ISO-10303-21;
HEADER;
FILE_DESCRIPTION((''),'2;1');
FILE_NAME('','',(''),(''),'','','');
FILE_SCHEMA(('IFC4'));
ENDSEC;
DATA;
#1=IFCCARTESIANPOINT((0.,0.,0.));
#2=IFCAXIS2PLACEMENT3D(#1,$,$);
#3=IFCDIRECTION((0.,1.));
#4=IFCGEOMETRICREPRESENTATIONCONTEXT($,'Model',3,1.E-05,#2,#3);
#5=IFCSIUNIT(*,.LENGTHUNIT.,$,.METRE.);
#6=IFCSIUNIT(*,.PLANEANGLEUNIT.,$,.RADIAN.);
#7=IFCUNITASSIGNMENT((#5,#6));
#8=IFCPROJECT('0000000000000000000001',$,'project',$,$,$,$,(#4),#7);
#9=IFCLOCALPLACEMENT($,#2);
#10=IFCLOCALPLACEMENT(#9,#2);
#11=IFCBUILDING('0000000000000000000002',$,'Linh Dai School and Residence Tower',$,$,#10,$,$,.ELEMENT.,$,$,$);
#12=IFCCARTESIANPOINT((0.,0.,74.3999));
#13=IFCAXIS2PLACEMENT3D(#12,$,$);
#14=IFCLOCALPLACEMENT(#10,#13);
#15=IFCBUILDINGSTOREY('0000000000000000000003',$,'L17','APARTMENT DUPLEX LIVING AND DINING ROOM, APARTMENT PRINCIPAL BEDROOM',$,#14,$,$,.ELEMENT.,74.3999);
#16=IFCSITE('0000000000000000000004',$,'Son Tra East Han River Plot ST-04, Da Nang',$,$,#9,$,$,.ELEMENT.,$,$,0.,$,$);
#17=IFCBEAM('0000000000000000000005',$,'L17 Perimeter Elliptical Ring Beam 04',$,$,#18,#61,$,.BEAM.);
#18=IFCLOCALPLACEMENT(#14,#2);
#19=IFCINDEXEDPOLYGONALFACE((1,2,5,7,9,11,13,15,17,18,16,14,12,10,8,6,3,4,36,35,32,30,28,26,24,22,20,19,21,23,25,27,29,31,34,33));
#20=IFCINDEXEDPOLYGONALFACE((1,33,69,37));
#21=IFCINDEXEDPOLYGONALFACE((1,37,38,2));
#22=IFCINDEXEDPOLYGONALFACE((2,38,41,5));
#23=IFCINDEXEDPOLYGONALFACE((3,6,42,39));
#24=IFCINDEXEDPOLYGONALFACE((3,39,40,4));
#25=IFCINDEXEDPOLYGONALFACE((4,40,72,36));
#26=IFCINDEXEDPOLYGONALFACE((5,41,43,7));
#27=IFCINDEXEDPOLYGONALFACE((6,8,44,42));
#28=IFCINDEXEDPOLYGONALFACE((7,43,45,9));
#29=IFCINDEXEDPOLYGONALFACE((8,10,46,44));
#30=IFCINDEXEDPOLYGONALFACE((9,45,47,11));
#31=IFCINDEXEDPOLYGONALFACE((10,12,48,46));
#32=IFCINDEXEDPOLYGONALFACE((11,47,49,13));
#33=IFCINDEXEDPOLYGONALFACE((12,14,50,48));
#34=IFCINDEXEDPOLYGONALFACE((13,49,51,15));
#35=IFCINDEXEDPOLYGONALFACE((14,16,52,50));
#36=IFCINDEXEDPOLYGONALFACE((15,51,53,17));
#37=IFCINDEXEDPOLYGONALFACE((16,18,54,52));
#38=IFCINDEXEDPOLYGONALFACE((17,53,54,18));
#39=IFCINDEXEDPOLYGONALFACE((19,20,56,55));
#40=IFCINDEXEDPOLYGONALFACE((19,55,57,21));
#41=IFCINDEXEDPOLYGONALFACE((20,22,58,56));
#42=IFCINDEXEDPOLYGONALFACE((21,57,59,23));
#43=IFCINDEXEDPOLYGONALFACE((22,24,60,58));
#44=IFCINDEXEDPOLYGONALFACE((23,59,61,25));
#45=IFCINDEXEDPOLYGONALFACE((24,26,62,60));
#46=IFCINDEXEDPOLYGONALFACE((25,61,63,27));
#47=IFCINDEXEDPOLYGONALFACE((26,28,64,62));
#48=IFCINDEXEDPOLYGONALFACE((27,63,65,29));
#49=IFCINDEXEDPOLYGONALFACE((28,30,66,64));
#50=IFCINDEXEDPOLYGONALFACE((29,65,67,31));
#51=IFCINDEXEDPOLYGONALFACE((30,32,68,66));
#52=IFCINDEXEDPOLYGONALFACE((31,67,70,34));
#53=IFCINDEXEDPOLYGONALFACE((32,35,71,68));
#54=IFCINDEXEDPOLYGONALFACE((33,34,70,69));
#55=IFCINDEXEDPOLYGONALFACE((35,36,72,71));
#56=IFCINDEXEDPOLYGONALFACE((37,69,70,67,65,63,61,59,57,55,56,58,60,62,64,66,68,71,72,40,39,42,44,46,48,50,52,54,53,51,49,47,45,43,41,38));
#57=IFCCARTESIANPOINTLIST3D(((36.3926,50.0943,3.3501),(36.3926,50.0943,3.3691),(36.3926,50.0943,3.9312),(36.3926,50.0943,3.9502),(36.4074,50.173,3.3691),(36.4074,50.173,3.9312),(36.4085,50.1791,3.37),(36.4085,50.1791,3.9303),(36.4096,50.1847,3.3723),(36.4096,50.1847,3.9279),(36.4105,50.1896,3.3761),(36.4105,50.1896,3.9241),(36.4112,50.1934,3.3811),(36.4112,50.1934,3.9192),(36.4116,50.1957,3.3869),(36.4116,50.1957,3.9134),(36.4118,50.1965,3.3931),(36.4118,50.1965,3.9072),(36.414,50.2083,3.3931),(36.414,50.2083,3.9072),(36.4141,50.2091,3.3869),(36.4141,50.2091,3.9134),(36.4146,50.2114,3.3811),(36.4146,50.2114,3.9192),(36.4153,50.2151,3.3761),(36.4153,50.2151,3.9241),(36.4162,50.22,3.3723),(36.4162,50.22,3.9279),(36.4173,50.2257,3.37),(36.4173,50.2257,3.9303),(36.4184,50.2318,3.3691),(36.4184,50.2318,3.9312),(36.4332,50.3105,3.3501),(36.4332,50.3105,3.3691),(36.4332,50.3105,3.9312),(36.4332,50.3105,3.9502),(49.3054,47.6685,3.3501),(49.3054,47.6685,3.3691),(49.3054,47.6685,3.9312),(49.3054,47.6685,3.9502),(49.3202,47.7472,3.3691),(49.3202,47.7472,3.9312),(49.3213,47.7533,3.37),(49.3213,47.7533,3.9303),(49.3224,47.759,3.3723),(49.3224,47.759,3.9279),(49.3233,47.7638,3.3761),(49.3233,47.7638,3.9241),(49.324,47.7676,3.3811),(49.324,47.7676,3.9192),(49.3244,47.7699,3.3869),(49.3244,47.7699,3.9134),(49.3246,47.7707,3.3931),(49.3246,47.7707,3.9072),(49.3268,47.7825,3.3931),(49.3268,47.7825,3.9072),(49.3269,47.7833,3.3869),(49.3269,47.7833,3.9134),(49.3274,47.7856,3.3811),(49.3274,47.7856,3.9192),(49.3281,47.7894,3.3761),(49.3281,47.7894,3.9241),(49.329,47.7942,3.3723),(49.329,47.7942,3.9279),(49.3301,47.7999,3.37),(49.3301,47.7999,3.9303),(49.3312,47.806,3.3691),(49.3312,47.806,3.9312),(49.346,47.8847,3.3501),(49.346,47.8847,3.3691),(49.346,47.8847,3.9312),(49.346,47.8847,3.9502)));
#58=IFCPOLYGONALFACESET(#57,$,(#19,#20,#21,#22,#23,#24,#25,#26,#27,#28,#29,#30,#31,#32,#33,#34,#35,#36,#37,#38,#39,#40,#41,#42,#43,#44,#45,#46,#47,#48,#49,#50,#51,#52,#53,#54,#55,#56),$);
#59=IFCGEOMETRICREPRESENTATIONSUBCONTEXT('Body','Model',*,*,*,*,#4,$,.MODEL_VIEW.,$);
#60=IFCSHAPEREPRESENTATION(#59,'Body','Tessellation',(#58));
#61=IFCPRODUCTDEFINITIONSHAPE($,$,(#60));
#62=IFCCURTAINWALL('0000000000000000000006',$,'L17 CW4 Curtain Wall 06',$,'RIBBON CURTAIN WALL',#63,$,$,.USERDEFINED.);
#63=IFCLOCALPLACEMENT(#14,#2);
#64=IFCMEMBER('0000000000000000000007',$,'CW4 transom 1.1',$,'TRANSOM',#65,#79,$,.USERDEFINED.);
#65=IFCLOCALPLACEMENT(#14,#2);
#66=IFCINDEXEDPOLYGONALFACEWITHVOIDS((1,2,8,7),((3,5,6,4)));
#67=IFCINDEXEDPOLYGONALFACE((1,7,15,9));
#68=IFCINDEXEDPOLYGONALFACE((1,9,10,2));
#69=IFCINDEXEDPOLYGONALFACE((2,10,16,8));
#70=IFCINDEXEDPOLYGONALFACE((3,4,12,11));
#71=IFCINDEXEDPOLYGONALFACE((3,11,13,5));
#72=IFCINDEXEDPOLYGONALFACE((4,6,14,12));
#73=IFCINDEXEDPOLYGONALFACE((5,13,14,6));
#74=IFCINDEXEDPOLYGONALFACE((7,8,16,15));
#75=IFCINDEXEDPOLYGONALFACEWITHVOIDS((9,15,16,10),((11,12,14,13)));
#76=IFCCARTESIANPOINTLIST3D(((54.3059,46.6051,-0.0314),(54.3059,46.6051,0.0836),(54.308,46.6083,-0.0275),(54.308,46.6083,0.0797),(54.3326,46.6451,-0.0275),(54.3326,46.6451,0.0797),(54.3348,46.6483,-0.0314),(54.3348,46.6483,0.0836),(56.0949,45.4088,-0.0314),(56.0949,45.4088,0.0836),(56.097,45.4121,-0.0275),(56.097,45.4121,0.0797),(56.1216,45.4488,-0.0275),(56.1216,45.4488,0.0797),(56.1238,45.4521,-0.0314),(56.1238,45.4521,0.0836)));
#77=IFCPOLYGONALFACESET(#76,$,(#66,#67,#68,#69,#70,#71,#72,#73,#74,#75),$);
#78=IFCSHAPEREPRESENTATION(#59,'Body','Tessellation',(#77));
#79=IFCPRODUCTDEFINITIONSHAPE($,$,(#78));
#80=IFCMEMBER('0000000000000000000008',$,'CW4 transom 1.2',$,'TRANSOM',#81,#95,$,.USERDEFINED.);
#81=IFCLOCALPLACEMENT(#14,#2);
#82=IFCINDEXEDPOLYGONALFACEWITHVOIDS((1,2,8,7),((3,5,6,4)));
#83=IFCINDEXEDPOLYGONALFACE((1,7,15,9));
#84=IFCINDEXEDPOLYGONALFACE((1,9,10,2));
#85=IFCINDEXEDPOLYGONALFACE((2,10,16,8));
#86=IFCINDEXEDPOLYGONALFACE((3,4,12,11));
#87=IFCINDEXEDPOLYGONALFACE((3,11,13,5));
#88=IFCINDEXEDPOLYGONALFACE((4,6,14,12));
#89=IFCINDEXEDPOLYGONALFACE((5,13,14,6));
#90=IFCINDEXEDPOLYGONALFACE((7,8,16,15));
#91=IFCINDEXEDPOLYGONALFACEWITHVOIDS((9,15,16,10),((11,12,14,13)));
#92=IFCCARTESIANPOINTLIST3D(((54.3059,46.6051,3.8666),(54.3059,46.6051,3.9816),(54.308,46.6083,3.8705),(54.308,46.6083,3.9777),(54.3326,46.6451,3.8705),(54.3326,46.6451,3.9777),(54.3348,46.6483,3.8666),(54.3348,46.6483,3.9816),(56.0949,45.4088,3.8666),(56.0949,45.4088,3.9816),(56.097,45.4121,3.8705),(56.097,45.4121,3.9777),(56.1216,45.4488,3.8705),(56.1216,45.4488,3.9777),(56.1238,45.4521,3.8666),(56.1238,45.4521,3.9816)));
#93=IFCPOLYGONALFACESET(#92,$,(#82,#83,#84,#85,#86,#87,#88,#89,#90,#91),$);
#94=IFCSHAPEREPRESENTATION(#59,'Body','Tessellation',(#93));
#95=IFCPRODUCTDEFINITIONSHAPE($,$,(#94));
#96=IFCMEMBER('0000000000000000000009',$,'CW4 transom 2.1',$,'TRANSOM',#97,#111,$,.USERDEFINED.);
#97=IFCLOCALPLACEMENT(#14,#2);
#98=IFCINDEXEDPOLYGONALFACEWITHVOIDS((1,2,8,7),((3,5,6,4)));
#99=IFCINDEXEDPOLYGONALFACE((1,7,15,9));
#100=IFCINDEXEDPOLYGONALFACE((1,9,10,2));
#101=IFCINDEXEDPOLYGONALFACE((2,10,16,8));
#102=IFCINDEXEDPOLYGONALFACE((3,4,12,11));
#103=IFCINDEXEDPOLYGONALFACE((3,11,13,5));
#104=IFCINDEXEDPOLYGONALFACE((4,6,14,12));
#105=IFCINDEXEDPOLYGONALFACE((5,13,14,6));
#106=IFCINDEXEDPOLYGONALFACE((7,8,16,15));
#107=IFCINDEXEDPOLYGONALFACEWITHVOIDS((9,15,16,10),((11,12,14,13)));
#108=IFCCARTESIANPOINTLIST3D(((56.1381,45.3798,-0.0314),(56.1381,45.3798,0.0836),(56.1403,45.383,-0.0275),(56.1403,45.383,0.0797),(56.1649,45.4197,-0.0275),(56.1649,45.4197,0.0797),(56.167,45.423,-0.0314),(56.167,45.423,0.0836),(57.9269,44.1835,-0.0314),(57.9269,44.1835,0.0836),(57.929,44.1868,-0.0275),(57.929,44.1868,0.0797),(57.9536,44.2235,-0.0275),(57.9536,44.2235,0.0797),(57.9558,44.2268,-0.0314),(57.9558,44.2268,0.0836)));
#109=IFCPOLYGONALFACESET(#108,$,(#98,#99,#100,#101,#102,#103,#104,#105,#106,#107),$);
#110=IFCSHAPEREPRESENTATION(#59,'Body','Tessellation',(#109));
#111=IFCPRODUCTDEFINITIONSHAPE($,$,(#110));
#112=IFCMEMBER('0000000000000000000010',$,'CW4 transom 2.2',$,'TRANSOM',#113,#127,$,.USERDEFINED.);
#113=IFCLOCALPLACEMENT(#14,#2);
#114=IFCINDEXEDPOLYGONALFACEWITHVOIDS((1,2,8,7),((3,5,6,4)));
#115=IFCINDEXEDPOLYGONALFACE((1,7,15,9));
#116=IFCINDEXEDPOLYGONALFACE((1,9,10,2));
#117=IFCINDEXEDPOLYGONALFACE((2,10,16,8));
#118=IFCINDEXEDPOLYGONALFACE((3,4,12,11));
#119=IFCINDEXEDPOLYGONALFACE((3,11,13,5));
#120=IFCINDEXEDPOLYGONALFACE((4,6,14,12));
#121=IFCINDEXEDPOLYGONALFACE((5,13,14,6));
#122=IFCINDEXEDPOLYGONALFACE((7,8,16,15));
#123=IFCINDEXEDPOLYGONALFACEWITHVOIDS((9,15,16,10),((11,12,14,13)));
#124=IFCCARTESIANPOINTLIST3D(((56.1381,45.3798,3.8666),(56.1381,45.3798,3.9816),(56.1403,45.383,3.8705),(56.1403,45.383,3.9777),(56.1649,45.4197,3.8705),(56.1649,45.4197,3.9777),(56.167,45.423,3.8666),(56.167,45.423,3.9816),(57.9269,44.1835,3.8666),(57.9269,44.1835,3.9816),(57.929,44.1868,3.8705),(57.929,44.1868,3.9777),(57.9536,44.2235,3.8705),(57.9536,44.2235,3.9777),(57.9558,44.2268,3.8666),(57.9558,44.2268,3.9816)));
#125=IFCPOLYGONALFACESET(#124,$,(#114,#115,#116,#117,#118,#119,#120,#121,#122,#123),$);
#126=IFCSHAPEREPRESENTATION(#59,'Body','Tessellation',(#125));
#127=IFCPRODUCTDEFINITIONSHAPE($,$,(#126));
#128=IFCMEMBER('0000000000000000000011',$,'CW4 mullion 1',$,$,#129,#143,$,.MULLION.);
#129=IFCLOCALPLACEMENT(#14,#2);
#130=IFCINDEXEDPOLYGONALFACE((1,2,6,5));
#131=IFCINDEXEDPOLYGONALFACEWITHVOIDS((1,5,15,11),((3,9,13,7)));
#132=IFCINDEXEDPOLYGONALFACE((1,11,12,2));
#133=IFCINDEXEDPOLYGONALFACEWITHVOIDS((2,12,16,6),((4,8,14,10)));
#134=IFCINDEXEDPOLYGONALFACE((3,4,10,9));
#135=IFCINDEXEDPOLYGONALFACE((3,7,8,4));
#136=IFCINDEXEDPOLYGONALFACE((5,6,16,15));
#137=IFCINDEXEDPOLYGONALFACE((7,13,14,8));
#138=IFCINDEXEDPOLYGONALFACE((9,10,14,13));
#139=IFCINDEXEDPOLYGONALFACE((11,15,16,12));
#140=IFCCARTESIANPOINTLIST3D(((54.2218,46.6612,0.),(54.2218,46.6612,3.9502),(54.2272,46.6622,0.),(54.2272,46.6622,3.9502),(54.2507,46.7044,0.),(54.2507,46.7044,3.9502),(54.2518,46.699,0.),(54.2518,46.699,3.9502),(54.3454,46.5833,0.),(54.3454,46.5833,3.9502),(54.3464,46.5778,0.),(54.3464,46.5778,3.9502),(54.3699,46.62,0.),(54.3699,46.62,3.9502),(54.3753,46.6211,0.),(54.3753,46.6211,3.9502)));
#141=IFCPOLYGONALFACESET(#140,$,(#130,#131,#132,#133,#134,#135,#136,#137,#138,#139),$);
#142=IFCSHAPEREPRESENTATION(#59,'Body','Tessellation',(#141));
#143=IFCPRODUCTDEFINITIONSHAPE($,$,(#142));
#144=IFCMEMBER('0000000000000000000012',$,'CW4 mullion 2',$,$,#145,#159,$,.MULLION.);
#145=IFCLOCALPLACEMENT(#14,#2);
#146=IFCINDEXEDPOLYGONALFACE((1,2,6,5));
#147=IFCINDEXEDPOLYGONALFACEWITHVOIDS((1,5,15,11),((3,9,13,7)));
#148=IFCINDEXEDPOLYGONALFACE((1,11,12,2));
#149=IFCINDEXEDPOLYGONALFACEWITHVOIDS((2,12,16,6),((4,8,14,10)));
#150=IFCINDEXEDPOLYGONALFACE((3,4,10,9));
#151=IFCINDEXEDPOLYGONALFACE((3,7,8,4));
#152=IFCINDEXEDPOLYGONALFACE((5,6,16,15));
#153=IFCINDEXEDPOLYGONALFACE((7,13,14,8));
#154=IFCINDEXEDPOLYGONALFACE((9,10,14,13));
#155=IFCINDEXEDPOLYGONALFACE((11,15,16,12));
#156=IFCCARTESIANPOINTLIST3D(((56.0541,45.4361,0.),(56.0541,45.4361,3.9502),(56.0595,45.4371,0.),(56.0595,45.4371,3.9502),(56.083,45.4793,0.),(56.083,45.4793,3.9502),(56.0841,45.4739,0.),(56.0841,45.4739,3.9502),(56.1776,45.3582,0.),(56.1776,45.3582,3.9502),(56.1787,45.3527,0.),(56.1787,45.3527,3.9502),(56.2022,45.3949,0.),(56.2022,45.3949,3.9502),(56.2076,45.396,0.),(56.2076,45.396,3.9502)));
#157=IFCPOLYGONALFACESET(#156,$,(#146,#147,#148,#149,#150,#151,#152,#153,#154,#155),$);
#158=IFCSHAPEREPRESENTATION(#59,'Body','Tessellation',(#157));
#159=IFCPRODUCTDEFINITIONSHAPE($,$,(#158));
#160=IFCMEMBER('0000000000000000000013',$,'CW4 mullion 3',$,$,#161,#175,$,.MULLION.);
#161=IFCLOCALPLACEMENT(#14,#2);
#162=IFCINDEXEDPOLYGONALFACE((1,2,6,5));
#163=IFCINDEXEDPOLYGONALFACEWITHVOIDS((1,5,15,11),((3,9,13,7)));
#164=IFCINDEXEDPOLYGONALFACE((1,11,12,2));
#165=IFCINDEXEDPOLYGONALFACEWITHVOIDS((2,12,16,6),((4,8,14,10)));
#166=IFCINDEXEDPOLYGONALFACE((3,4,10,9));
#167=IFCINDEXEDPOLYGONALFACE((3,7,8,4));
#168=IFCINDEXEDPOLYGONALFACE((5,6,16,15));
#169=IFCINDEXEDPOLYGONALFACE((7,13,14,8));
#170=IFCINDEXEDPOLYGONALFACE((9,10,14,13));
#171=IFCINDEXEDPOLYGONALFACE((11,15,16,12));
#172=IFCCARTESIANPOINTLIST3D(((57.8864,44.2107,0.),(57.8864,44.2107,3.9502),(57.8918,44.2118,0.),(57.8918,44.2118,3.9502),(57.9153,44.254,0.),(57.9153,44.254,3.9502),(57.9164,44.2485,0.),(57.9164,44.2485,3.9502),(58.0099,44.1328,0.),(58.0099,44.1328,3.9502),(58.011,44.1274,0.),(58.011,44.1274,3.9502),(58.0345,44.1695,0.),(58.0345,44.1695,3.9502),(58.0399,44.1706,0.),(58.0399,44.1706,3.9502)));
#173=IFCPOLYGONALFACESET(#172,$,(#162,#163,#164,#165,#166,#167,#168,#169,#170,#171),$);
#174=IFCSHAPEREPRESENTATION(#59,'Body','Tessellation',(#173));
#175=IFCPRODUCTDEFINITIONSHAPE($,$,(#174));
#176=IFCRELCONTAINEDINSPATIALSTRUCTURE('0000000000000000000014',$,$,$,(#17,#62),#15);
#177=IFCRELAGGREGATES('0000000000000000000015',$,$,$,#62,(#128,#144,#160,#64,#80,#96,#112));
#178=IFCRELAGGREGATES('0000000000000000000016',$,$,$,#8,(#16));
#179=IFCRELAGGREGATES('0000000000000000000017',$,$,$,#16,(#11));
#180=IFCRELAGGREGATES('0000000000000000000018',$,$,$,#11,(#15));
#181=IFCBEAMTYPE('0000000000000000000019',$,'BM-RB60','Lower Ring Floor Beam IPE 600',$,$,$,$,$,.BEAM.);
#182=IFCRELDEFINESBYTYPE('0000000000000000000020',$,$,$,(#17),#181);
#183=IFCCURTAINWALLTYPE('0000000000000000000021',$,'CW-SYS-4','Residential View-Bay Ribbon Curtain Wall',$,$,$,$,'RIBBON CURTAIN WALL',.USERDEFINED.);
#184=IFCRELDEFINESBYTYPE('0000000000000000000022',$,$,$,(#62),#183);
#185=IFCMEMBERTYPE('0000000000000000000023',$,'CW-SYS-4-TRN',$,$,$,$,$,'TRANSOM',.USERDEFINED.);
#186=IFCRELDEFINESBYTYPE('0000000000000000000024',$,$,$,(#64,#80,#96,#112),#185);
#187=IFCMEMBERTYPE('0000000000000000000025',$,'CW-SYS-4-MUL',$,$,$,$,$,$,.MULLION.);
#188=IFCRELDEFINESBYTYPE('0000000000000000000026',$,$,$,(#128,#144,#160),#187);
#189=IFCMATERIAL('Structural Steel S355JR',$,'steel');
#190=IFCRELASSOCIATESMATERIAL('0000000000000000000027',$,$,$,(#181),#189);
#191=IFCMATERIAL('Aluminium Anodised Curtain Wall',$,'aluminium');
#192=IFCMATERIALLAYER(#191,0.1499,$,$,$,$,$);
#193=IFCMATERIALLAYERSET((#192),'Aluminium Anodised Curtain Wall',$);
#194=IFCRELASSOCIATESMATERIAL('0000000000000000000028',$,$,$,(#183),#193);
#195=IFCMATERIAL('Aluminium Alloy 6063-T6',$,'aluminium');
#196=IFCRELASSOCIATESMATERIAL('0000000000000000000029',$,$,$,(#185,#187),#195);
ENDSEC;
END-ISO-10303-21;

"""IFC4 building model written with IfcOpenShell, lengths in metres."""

from ifc_helpers import new_model, si_unit, direction, frame, origin, origin_2d, place, context, subcontext, project, spatial, hollow_rectangle, i_section, extrude, source, transform, mapped, material, layer, layer_set, material_profile, profile_set, type_object, element, aggregate, save


model = new_model("IFC4")

# Units and contexts
model_context = context("Model", 3, precision=1e-05, world=origin(), true_north=direction((0.0, 1.0)))
body_context = subcontext(model_context, "Body", "Model", "MODEL_VIEW")
ifc_project = project(units=[si_unit("LENGTHUNIT", "METRE"), si_unit("PLANEANGLEUNIT", "RADIAN")], contexts=[model_context])

# Site, building, storey
site_placement = place(None, origin())
site = spatial("IfcSite", under=ifc_project, at=site_placement, Name="Son Tra East Han River Plot ST-04, Da Nang", CompositionType="ELEMENT", RefElevation=0.0)
building_placement = place(site_placement, origin())
building = spatial("IfcBuilding", under=site, at=building_placement, Name="Linh Dai School and Residence Tower", CompositionType="ELEMENT")
storey_placement = place(building_placement, frame((0.0, 0.0, 74.3999)))
storey = spatial("IfcBuildingStorey", under=building, at=storey_placement, Name="L17", Description="APARTMENT DUPLEX LIVING AND DINING ROOM, APARTMENT PRINCIPAL BEDROOM", CompositionType="ELEMENT", Elevation=74.3999)

# Shared definitions
ifc_material_1 = material(Name="Structural Steel S355JR", Category="steel")

# Beam
ifc_material_profile_1 = material_profile(ifc_material_1, i_section(OverallWidth=0.22, OverallDepth=0.6001, WebThickness=0.012, FlangeThickness=0.019, FilletRadius=0.0239, at=origin_2d()), Name="IPE 600")
ifc_profile_set_1 = profile_set([ifc_material_profile_1], Name="Structural Steel S355JR")
beam_type_1 = type_object("IfcBeamType", Name="BM-RB60", Description="Lower Ring Floor Beam IPE 600", PredefinedType="BEAM", material=ifc_profile_set_1)
beam_1_placement = place(storey_placement, frame((49.3257, 47.7766, 3.6501), z_axis=(-0.982808, 0.184628, 0.0), x_axis=(-0.184628, -0.982808, 0.0)))
element("IfcBeam", 1, at=beam_1_placement, inside=storey, type_object=beam_type_1, Name="L17 Perimeter Elliptical Ring Beam 04", PredefinedType="BEAM", context=body_context, shape_type="SweptSolid", body=[
    extrude(i_section(OverallWidth=0.22, OverallDepth=0.6001, WebThickness=0.012, FlangeThickness=0.019, FilletRadius=0.0239, at=origin_2d()), origin(), (0.0, 0.0, 1.0), 13.1387),
])

# Curtain wall, members
ifc_material_2 = material(Name="Aluminium Anodised Curtain Wall", Category="aluminium")
ifc_layer_1 = layer(ifc_material_2, 0.1499)
ifc_layer_set_1 = layer_set([ifc_layer_1], Name="Aluminium Anodised Curtain Wall")
curtain_wall_type = type_object("IfcCurtainWallType", Name="CW-SYS-4", Description="Residential View-Bay Ribbon Curtain Wall", ElementType="RIBBON CURTAIN WALL", PredefinedType="USERDEFINED", material=ifc_layer_set_1)
curtain_wall_placement = place(storey_placement, origin())
curtain_wall = element("IfcCurtainWall", 2, at=curtain_wall_placement, inside=storey, type_object=curtain_wall_type, Name="L17 CW4 Curtain Wall 06", ObjectType="RIBBON CURTAIN WALL", PredefinedType="USERDEFINED")
ifc_material_3 = material(Name="Aluminium Alloy 6063-T6", Category="aluminium")
ifc_material_profile_2 = material_profile(ifc_material_3, hollow_rectangle(XDim=0.052, YDim=0.115, WallThickness=0.0039, at=origin_2d()), Name="RHS 115x52x4")
ifc_profile_set_2 = profile_set([ifc_material_profile_2], Name="Aluminium Alloy 6063-T6")
member_type_1 = type_object("IfcMemberType", Name="CW-SYS-4-TRN", ElementType="TRANSOM", PredefinedType="USERDEFINED", material=ifc_profile_set_2)
shared_shape_1 = source(origin(), body_context, "Body", "SweptSolid", [
    extrude(hollow_rectangle(XDim=0.052, YDim=0.115, WallThickness=0.0039, at=origin_2d()), origin(), (0.0, 0.0, 1.0), 2.1521),
])
member_1_placement = place(storey_placement, frame((54.3203, 46.6267, 0.0261), z_axis=(0.831282, -0.555852, 0.0), x_axis=(0.555852, 0.831282, 0.0)))
member_1 = element("IfcMember", 3, at=member_1_placement, type_object=member_type_1, Name="CW4 transom 1.1", ObjectType="TRANSOM", PredefinedType="USERDEFINED", context=body_context, shape_type="MappedRepresentation", body=[
    mapped(shared_shape_1, transform((0.0, 0.0, 0.0), x_axis=(1.0, 0.0, 0.0), y_axis=(0.0, 1.0, 0.0), z_axis=(0.0, 0.0, 1.0), scale=1.0)),
])
member_2_placement = place(storey_placement, frame((54.3203, 46.6267, 3.9241), z_axis=(0.831282, -0.555852, 0.0), x_axis=(0.555852, 0.831282, 0.0)))
member_2 = element("IfcMember", 4, at=member_2_placement, type_object=member_type_1, Name="CW4 transom 1.2", ObjectType="TRANSOM", PredefinedType="USERDEFINED", context=body_context, shape_type="MappedRepresentation", body=[
    mapped(shared_shape_1, transform((0.0, 0.0, 0.0), x_axis=(1.0, 0.0, 0.0), y_axis=(0.0, 1.0, 0.0), z_axis=(0.0, 0.0, 1.0), scale=1.0)),
])
shared_shape_2 = source(origin(), body_context, "Body", "SweptSolid", [
    extrude(hollow_rectangle(XDim=0.052, YDim=0.115, WallThickness=0.0039, at=origin_2d()), origin(), (0.0, 0.0, 1.0), 2.1519),
])
member_3_placement = place(storey_placement, frame((56.1526, 45.4014, 0.0261), z_axis=(0.831247, -0.555904, 0.0), x_axis=(0.555904, 0.831247, 0.0)))
member_3 = element("IfcMember", 5, at=member_3_placement, type_object=member_type_1, Name="CW4 transom 2.1", ObjectType="TRANSOM", PredefinedType="USERDEFINED", context=body_context, shape_type="MappedRepresentation", body=[
    mapped(shared_shape_2, transform((0.0, 0.0, 0.0), x_axis=(1.0, 0.0, 0.0), y_axis=(0.0, 1.0, 0.0), z_axis=(0.0, 0.0, 1.0), scale=1.0)),
])
member_4_placement = place(storey_placement, frame((56.1526, 45.4014, 3.9241), z_axis=(0.831247, -0.555904, 0.0), x_axis=(0.555904, 0.831247, 0.0)))
member_4 = element("IfcMember", 6, at=member_4_placement, type_object=member_type_1, Name="CW4 transom 2.2", ObjectType="TRANSOM", PredefinedType="USERDEFINED", context=body_context, shape_type="MappedRepresentation", body=[
    mapped(shared_shape_2, transform((0.0, 0.0, 0.0), x_axis=(1.0, 0.0, 0.0), y_axis=(0.0, 1.0, 0.0), z_axis=(0.0, 0.0, 1.0), scale=1.0)),
])
ifc_material_profile_3 = material_profile(ifc_material_3, hollow_rectangle(XDim=0.052, YDim=0.1499, WallThickness=0.0039, at=origin_2d()), Name="RHS 150x52x4")
ifc_profile_set_3 = profile_set([ifc_material_profile_3], Name="Aluminium Alloy 6063-T6")
member_type_2 = type_object("IfcMemberType", Name="CW-SYS-4-MUL", PredefinedType="MULLION", material=ifc_profile_set_3)
shared_shape_3 = source(origin(), body_context, "Body", "SweptSolid", [
    extrude(hollow_rectangle(XDim=0.052, YDim=0.1499, WallThickness=0.0039, at=origin_2d()), origin(), (0.0, 0.0, 1.0), 3.9502),
])
member_5_placement = place(storey_placement, frame((54.2986, 46.6411, 0.0), z_axis=(0.0, 0.0, 1.0), x_axis=(0.555898, 0.831251, 0.0)))
member_5 = element("IfcMember", 7, at=member_5_placement, type_object=member_type_2, Name="CW4 mullion 1", PredefinedType="MULLION", context=body_context, shape_type="MappedRepresentation", body=[
    mapped(shared_shape_3, transform((0.0, 0.0, 0.0), x_axis=(1.0, 0.0, 0.0), y_axis=(0.0, 1.0, 0.0), z_axis=(0.0, 0.0, 1.0), scale=1.0)),
])
member_6_placement = place(storey_placement, frame((56.1309, 45.416, 0.0), z_axis=(0.0, 0.0, 1.0), x_axis=(0.555898, 0.831251, 0.0)))
member_6 = element("IfcMember", 8, at=member_6_placement, type_object=member_type_2, Name="CW4 mullion 2", PredefinedType="MULLION", context=body_context, shape_type="MappedRepresentation", body=[
    mapped(shared_shape_3, transform((0.0, 0.0, 0.0), x_axis=(1.0, 0.0, 0.0), y_axis=(0.0, 1.0, 0.0), z_axis=(0.0, 0.0, 1.0), scale=1.0)),
])
member_7_placement = place(storey_placement, frame((57.9631, 44.1907, 0.0), z_axis=(0.0, 0.0, 1.0), x_axis=(0.555898, 0.831251, 0.0)))
member_7 = element("IfcMember", 9, at=member_7_placement, type_object=member_type_2, Name="CW4 mullion 3", PredefinedType="MULLION", context=body_context, shape_type="MappedRepresentation", body=[
    mapped(shared_shape_3, transform((0.0, 0.0, 0.0), x_axis=(1.0, 0.0, 0.0), y_axis=(0.0, 1.0, 0.0), z_axis=(0.0, 0.0, 1.0), scale=1.0)),
])

aggregate(curtain_wall, [member_5, member_6, member_7, member_1, member_2, member_3, member_4])

save(model, "model.ifc")
